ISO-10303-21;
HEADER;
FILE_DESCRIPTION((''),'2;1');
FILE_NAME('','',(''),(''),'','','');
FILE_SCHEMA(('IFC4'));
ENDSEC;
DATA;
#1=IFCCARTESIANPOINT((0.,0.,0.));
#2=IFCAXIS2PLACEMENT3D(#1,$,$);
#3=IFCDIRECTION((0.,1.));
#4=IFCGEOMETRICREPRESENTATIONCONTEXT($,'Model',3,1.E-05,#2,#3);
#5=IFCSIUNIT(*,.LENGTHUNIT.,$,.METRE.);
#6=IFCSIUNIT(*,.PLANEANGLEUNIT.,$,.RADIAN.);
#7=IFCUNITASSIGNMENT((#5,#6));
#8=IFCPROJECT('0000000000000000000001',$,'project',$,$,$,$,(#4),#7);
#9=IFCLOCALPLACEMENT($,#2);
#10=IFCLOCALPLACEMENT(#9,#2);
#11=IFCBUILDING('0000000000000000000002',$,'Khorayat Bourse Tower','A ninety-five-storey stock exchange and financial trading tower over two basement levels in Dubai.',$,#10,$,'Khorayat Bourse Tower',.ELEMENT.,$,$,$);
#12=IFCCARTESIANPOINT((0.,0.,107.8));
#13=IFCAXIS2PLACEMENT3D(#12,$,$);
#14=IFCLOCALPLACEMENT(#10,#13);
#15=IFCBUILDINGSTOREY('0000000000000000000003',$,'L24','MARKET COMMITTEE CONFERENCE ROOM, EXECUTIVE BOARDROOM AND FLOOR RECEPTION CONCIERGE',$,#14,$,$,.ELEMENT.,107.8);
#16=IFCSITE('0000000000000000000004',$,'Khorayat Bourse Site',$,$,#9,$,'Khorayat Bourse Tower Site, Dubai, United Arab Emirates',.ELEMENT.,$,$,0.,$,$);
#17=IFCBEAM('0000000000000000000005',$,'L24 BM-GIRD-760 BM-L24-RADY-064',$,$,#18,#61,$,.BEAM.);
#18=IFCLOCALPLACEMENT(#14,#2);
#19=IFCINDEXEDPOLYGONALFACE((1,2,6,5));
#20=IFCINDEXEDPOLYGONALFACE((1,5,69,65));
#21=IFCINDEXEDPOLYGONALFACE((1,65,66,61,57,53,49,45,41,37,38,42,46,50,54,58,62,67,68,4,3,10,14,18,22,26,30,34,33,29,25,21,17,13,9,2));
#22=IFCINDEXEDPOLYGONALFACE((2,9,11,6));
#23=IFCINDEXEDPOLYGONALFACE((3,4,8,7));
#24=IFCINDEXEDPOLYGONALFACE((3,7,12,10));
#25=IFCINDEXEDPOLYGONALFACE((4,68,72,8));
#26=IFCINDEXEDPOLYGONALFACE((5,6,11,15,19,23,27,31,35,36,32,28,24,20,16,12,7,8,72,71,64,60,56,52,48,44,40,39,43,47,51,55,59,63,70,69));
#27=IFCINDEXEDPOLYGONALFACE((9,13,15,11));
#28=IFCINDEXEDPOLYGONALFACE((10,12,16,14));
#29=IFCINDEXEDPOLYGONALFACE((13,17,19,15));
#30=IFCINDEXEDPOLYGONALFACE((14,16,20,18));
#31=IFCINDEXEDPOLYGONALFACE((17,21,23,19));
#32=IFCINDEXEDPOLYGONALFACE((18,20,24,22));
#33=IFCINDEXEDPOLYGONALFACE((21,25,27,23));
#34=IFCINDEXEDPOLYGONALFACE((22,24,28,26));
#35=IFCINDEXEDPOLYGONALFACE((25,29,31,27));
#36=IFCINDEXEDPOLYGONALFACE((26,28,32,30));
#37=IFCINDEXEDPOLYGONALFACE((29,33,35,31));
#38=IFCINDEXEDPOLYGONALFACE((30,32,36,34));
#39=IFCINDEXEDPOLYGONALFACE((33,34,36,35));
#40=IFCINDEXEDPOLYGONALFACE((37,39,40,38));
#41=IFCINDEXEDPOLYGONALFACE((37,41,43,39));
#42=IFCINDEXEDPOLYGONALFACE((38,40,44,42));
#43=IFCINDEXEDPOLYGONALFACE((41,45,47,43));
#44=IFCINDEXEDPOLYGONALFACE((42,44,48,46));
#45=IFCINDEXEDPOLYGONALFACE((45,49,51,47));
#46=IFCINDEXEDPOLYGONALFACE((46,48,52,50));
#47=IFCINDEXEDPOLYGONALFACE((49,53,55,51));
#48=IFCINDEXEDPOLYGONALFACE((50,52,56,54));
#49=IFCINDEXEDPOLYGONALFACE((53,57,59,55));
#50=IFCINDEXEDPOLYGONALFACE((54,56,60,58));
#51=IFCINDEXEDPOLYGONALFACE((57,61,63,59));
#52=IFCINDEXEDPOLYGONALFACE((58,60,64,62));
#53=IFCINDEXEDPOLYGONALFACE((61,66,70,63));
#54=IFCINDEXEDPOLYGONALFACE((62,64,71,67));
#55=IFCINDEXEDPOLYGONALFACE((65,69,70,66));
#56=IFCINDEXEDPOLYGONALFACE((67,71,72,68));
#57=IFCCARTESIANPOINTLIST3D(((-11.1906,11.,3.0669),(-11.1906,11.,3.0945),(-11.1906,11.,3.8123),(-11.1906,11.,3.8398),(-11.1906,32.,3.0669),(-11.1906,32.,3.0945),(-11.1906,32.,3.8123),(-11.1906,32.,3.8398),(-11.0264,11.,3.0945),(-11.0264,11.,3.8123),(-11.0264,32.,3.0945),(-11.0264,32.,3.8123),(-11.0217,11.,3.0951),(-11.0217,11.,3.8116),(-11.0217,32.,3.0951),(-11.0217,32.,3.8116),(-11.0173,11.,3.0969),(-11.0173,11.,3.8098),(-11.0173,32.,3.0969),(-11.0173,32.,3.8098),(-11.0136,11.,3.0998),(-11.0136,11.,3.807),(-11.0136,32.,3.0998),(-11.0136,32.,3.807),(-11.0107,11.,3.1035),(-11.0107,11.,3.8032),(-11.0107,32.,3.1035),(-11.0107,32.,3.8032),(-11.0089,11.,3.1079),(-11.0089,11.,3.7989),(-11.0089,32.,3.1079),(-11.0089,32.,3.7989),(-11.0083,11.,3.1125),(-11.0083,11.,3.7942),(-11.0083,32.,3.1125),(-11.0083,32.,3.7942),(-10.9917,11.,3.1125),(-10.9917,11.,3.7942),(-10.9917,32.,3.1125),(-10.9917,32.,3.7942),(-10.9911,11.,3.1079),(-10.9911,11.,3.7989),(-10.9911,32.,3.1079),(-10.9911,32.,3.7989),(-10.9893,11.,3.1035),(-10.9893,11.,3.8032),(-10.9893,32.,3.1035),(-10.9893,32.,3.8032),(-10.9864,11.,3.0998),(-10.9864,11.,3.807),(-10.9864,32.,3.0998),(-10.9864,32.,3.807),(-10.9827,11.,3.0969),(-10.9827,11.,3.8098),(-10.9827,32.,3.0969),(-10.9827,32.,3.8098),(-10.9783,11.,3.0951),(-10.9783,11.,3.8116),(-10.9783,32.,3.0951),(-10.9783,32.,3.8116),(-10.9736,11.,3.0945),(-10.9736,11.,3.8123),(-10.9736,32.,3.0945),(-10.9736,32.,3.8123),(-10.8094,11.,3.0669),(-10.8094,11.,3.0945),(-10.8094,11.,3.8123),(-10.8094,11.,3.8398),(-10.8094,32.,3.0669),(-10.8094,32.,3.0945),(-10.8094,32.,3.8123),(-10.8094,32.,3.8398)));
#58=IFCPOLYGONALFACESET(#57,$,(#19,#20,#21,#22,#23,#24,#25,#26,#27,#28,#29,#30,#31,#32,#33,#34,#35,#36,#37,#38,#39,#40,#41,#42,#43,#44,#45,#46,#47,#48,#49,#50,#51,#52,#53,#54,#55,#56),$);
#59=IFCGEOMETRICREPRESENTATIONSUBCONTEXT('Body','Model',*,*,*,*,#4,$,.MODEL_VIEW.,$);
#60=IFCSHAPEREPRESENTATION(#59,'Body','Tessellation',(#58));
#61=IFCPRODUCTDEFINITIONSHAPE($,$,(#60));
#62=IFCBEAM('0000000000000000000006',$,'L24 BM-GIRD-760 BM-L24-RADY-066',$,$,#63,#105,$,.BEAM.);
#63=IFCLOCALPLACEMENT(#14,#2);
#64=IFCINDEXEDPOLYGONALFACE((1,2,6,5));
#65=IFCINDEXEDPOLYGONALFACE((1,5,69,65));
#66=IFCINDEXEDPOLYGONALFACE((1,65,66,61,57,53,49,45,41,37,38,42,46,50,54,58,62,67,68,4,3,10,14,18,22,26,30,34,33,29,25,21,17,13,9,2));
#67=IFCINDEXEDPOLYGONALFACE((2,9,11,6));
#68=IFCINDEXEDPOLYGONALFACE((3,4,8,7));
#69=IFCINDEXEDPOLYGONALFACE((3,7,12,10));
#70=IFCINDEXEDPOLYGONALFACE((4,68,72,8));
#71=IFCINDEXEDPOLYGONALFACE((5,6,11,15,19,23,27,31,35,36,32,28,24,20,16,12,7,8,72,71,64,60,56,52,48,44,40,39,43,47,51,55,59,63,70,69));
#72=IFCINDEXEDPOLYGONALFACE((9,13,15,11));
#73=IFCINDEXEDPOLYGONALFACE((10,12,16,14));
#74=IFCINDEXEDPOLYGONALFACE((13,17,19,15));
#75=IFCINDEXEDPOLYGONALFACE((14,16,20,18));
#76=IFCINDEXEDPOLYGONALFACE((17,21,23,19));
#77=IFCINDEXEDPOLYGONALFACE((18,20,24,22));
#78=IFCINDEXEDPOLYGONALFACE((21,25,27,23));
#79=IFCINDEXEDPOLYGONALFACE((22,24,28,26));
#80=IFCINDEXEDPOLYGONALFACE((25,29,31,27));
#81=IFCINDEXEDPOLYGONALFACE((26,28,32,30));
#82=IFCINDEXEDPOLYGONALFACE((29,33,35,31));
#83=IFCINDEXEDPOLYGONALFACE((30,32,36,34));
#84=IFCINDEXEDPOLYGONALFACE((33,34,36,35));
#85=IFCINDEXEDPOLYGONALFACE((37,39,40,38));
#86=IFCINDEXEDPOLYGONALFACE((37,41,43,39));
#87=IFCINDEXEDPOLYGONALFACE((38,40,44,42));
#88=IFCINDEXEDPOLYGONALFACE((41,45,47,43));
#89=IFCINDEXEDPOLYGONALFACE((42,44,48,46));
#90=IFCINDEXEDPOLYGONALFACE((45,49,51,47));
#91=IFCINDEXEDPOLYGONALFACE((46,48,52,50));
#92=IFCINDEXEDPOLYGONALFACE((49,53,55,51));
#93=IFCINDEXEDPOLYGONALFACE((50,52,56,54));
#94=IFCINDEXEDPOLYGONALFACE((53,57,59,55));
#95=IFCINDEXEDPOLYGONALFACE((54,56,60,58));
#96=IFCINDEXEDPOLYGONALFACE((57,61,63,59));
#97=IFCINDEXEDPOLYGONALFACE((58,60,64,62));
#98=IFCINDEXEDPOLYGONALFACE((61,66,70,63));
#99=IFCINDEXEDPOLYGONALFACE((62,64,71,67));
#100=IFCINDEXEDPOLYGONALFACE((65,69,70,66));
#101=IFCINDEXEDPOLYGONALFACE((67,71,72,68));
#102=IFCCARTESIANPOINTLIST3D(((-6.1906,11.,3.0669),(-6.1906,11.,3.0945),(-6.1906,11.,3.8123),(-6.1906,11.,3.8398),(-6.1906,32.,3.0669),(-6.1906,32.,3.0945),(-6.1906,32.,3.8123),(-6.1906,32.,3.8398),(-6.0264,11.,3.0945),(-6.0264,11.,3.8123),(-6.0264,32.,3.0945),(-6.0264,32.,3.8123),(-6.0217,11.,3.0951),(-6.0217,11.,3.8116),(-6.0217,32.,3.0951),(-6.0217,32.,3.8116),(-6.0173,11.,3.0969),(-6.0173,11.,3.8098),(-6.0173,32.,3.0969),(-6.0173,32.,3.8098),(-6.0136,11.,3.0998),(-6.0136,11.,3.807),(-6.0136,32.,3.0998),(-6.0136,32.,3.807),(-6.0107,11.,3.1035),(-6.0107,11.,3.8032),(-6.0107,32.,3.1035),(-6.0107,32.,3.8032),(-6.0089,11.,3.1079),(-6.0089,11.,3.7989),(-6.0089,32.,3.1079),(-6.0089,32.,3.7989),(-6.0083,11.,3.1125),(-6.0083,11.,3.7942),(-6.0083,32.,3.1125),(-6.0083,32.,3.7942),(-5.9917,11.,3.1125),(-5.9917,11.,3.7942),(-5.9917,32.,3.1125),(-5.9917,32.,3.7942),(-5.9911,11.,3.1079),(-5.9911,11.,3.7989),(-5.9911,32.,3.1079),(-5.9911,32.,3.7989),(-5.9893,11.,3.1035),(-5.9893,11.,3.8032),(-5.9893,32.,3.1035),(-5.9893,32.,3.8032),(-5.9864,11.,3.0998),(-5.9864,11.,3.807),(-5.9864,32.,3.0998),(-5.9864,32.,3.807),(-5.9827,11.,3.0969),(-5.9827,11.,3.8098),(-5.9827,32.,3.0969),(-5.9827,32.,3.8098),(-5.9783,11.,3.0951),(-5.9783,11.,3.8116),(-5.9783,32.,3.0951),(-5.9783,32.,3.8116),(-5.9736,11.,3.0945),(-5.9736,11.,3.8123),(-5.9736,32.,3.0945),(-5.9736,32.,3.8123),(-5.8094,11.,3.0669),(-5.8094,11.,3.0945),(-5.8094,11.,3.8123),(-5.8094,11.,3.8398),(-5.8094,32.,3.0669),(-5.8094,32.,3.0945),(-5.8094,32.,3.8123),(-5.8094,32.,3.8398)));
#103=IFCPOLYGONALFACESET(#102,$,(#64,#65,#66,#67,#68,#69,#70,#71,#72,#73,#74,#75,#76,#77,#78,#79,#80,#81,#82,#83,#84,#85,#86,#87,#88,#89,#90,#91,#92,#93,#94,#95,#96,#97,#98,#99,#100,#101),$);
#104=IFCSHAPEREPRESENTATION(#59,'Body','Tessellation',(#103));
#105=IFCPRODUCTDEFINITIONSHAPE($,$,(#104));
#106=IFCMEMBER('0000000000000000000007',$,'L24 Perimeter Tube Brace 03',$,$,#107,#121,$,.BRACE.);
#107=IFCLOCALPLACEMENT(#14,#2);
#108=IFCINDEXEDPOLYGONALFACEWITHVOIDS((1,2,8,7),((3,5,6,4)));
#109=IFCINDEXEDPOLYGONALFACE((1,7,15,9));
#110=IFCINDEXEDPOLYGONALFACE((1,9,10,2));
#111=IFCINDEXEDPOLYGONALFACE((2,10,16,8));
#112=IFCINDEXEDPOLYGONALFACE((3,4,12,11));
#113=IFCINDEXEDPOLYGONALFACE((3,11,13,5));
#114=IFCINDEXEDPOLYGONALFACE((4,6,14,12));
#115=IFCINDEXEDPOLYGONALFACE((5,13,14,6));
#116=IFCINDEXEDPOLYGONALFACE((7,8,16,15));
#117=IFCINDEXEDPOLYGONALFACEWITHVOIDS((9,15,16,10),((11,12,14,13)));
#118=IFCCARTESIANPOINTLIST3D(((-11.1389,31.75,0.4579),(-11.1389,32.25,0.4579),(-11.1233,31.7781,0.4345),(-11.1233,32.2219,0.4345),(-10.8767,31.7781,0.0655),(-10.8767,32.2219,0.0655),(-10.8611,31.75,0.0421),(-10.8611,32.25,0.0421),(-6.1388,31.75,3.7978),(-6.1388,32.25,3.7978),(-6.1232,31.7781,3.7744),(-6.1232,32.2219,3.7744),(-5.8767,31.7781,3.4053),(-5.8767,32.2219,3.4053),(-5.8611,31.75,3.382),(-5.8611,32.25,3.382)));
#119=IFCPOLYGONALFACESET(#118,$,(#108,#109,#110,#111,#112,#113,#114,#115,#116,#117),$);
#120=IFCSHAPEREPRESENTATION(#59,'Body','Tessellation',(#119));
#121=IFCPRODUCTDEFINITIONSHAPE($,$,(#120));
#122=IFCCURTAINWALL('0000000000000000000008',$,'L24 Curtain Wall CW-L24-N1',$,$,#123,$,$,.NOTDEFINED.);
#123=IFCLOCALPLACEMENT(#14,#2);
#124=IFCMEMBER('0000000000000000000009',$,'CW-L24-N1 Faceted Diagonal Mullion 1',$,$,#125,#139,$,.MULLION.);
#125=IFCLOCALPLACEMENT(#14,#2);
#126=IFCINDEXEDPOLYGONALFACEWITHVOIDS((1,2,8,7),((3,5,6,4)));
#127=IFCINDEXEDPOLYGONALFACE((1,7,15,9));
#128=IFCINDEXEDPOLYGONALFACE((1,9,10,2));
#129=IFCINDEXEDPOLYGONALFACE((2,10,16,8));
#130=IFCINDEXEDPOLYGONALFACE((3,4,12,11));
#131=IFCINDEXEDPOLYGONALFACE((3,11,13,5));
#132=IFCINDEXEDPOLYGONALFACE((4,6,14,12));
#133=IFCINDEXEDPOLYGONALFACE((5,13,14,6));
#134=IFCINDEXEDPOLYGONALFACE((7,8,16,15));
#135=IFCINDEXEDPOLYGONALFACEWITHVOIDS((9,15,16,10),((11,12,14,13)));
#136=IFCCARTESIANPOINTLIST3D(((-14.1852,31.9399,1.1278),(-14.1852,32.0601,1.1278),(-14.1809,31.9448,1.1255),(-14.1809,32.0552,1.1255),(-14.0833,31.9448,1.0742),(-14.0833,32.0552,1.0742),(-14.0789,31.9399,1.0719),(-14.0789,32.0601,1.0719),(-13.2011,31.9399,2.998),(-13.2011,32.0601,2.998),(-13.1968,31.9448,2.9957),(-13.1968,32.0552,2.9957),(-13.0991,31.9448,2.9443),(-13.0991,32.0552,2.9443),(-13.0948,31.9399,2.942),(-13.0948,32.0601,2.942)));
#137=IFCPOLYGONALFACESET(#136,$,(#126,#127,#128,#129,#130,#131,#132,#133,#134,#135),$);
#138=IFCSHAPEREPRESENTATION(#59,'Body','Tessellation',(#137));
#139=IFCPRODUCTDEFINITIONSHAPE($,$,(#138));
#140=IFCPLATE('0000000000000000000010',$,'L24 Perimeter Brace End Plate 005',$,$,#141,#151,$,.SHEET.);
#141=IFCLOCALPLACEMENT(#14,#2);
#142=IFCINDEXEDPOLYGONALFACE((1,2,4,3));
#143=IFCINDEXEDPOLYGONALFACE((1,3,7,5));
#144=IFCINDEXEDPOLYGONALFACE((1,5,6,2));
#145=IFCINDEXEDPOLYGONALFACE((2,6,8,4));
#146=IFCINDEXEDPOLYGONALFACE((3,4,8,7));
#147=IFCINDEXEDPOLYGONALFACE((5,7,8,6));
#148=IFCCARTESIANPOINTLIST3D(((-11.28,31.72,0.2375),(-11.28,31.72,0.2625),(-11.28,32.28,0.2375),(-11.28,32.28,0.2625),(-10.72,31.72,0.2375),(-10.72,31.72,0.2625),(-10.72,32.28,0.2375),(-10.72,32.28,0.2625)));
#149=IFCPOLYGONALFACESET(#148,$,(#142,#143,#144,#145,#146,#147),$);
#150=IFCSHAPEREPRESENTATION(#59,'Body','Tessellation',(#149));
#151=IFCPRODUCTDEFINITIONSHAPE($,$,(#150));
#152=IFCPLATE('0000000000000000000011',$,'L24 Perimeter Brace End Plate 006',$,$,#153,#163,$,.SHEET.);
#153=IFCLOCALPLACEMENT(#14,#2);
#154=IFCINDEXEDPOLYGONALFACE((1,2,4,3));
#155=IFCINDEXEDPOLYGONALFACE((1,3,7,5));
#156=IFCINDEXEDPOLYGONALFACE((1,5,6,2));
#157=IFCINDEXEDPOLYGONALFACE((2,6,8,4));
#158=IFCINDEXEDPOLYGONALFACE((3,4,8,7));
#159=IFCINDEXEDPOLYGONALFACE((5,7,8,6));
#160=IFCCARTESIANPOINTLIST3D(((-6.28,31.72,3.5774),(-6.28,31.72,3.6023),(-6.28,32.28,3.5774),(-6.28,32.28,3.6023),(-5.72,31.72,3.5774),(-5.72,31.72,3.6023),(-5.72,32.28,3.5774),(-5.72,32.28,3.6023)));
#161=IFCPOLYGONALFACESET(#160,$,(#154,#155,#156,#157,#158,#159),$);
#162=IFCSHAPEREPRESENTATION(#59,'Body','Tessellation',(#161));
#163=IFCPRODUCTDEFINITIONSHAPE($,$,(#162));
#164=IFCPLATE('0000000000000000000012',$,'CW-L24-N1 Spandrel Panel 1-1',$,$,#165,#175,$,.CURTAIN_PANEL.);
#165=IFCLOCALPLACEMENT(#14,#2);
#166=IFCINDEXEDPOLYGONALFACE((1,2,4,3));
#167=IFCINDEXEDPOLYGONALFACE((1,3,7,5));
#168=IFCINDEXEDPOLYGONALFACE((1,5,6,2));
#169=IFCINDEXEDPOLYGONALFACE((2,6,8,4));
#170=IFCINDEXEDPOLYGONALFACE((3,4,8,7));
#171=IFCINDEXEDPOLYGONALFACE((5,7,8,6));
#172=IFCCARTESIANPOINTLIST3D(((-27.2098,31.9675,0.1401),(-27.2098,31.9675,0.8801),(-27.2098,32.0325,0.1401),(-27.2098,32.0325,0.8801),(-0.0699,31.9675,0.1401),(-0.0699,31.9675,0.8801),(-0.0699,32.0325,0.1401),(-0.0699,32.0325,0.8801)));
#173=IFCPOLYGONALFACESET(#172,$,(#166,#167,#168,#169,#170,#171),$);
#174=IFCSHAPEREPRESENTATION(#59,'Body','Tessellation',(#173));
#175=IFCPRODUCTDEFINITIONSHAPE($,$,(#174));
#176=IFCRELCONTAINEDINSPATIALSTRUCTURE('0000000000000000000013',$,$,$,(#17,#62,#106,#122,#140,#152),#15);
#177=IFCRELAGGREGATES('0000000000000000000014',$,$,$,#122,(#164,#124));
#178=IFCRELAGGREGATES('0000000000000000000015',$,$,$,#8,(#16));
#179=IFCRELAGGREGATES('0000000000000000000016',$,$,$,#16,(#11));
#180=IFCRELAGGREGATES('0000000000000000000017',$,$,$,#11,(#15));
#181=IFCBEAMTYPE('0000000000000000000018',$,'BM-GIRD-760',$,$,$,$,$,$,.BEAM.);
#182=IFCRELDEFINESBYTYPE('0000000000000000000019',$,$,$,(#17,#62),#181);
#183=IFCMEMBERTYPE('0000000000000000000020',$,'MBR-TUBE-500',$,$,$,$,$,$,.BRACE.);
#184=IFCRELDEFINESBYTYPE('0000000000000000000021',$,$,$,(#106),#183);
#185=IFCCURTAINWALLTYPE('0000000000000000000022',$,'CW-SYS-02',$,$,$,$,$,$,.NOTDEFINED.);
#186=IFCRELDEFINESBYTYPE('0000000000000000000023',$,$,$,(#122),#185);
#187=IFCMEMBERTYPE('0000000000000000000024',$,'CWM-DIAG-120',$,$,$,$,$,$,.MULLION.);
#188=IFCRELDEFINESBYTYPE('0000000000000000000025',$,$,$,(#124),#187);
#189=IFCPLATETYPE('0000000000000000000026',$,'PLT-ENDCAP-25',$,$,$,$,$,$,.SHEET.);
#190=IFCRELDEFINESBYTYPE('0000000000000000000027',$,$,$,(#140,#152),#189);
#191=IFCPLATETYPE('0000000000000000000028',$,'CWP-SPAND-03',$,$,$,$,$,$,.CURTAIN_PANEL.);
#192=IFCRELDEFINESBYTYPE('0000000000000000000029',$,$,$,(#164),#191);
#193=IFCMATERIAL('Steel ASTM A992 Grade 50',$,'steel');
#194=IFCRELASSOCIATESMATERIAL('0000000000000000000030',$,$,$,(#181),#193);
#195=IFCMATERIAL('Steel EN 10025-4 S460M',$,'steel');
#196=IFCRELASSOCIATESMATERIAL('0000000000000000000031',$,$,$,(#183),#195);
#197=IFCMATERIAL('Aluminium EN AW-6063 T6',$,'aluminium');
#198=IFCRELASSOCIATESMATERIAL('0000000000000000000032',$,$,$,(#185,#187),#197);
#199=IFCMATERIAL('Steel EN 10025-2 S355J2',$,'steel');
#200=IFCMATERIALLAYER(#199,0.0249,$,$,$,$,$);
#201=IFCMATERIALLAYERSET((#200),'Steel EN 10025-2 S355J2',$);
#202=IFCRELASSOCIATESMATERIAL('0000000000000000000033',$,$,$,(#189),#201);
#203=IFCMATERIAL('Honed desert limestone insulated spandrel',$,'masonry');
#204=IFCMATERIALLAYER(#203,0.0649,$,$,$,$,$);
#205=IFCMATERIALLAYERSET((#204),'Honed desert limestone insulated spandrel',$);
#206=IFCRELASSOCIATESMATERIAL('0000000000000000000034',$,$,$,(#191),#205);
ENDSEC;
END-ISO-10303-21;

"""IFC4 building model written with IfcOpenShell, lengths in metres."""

from ifc_helpers import new_model, si_unit, direction, frame, origin, origin_2d, place, context, subcontext, project, spatial, rectangle, hollow_rectangle, i_section, extrude, source, transform, mapped, material, layer, layer_set, material_profile, profile_set, type_object, element, aggregate, save


model = new_model("IFC4")

# Units and contexts
model_context = context("Model", 3, precision=1e-05, world=origin(), true_north=direction((0.0, 1.0)))
body_context = subcontext(model_context, "Body", "Model", "MODEL_VIEW")
ifc_project = project(units=[si_unit("LENGTHUNIT", "METRE"), si_unit("PLANEANGLEUNIT", "RADIAN")], contexts=[model_context])

# Site, building, storey
site_placement = place(None, origin())
site = spatial("IfcSite", under=ifc_project, at=site_placement, Name="Khorayat Bourse Site", LongName="Khorayat Bourse Tower Site, Dubai, United Arab Emirates", CompositionType="ELEMENT", RefElevation=0.0)
building_placement = place(site_placement, origin())
building = spatial("IfcBuilding", under=site, at=building_placement, Name="Khorayat Bourse Tower", Description="A ninety-five-storey stock exchange and financial trading tower over two basement levels in Dubai.", LongName="Khorayat Bourse Tower", CompositionType="ELEMENT")
storey_placement = place(building_placement, frame((0.0, 0.0, 107.8)))
storey = spatial("IfcBuildingStorey", under=building, at=storey_placement, Name="L24", Description="MARKET COMMITTEE CONFERENCE ROOM, EXECUTIVE BOARDROOM AND FLOOR RECEPTION CONCIERGE", CompositionType="ELEMENT", Elevation=107.8)

# Shared definitions
ifc_material_1 = material(Name="Steel EN 10025-4 S460M", Category="steel")

# Beams
ifc_material_2 = material(Name="Steel ASTM A992 Grade 50", Category="steel")
ifc_material_profile_1 = material_profile(ifc_material_2, i_section(OverallWidth=0.3811, OverallDepth=0.7729, WebThickness=0.0166, FlangeThickness=0.0276, FilletRadius=0.0181, at=origin_2d()), Name="W760X257")
ifc_profile_set_1 = profile_set([ifc_material_profile_1], Name="Steel ASTM A992 Grade 50")
beam_type_1 = type_object("IfcBeamType", Name="BM-GIRD-760", PredefinedType="BEAM", material=ifc_profile_set_1)
shared_shape_1 = source(origin(), body_context, "Body", "SweptSolid", [
    extrude(i_section(OverallWidth=0.3811, OverallDepth=0.7729, WebThickness=0.0166, FlangeThickness=0.0276, FilletRadius=0.0181, at=origin_2d()), origin(), (0.0, 0.0, 1.0), 21.0),
])
for number, where, z_axis, x_axis, name in (
    (1, (-11.0, 11.0, 3.4534), (0.0, 1.0, 0.0), (-1.0, 0.0, 0.0), "L24 BM-GIRD-760 BM-L24-RADY-064"),
    (2, (-6.0, 11.0, 3.4534), (0.0, 1.0, 0.0), (-1.0, 0.0, 0.0), "L24 BM-GIRD-760 BM-L24-RADY-066"),
):
    element("IfcBeam", number, at=place(storey_placement, frame(where, z_axis=z_axis, x_axis=x_axis)), inside=storey, type_object=beam_type_1, Name=name, PredefinedType="BEAM", context=body_context, shape_type="MappedRepresentation", body=[
        mapped(shared_shape_1, transform((0.0, 0.0, 0.0), scale=1.0)),
    ])

# Member
ifc_material_profile_2 = material_profile(ifc_material_1, hollow_rectangle(XDim=0.5, YDim=0.5, WallThickness=0.0281, at=origin_2d()), Name="HSS 500x500x28")
ifc_profile_set_2 = profile_set([ifc_material_profile_2], Name="Steel EN 10025-4 S460M")
member_type_1 = type_object("IfcMemberType", Name="MBR-TUBE-500", PredefinedType="BRACE", material=ifc_profile_set_2)
shared_shape_2 = source(origin(), body_context, "Body", "SweptSolid", [
    extrude(hollow_rectangle(XDim=0.5, YDim=0.5, WallThickness=0.0281, at=origin_2d()), origin(), (0.0, 0.0, 1.0), 6.0129),
])
member_1_placement = place(storey_placement, frame((-11.0, 32.0, 0.25), z_axis=(0.83155, 0.0, 0.55545), x_axis=(0.0, 1.0, 0.0)))
element("IfcMember", 3, at=member_1_placement, inside=storey, type_object=member_type_1, Name="L24 Perimeter Tube Brace 03", PredefinedType="BRACE", context=body_context, shape_type="MappedRepresentation", body=[
    mapped(shared_shape_2, transform((0.0, 0.0, 0.0), scale=1.0)),
])

# Curtain wall, member
ifc_material_3 = material(Name="Aluminium EN AW-6063 T6", Category="aluminium")
curtain_wall_type = type_object("IfcCurtainWallType", Name="CW-SYS-02", PredefinedType="NOTDEFINED", material=ifc_material_3)
curtain_wall_placement = place(storey_placement, origin())
curtain_wall = element("IfcCurtainWall", 4, at=curtain_wall_placement, inside=storey, type_object=curtain_wall_type, Name="L24 Curtain Wall CW-L24-N1", PredefinedType="NOTDEFINED")
ifc_material_profile_3 = material_profile(ifc_material_3, hollow_rectangle(XDim=0.1201, YDim=0.1201, WallThickness=0.0049, at=origin_2d()), Name="ALU 120x120x5")
ifc_profile_set_3 = profile_set([ifc_material_profile_3], Name="Aluminium EN AW-6063 T6")
member_type_2 = type_object("IfcMemberType", Name="CWM-DIAG-120", PredefinedType="MULLION", material=ifc_profile_set_3)
shared_shape_3 = source(origin(), body_context, "Body", "SweptSolid", [
    extrude(hollow_rectangle(XDim=0.1201, YDim=0.1201, WallThickness=0.0049, at=origin_2d()), origin(), (0.0, 0.0, 1.0), 2.1133),
])
member_2_placement = place(storey_placement, frame((-14.1321, 32.0, 1.0999), z_axis=(0.465694, 0.0, 0.884946), x_axis=(0.0, 1.0, 0.0)))
member_2 = element("IfcMember", 5, at=member_2_placement, type_object=member_type_2, Name="CW-L24-N1 Faceted Diagonal Mullion 1", PredefinedType="MULLION", context=body_context, shape_type="MappedRepresentation", body=[
    mapped(shared_shape_3, transform((0.0, 0.0, 0.0), scale=1.0)),
])

# Plates
ifc_material_4 = material(Name="Steel EN 10025-2 S355J2", Category="steel")
ifc_layer_1 = layer(ifc_material_4, 0.0249)
ifc_layer_set_1 = layer_set([ifc_layer_1], Name="Steel EN 10025-2 S355J2")
plate_type_1 = type_object("IfcPlateType", Name="PLT-ENDCAP-25", PredefinedType="SHEET", material=ifc_layer_set_1)
shared_shape_4 = source(origin(), body_context, "Body", "SweptSolid", [
    extrude(rectangle(XDim=0.5601, YDim=0.5601, at=origin_2d()), origin(), (0.0, 0.0, 1.0), 0.0249),
])
for number, where, z_axis, x_axis, name in (
    (6, (-11.0, 32.0, 0.2375), (0.0, 0.0, 1.0), (1.0, 0.0, 0.0), "L24 Perimeter Brace End Plate 005"),
    (7, (-6.0, 32.0, 3.5774), (0.0, 0.0, 1.0), (1.0, 0.0, 0.0), "L24 Perimeter Brace End Plate 006"),
):
    element("IfcPlate", number, at=place(storey_placement, frame(where, z_axis=z_axis, x_axis=x_axis)), inside=storey, type_object=plate_type_1, Name=name, PredefinedType="SHEET", context=body_context, shape_type="MappedRepresentation", body=[
        mapped(shared_shape_4, transform((0.0, 0.0, 0.0), scale=1.0)),
    ])

# Plate
ifc_material_5 = material(Name="Honed desert limestone insulated spandrel", Category="masonry")
ifc_layer_2 = layer(ifc_material_5, 0.0649)
ifc_layer_set_2 = layer_set([ifc_layer_2], Name="Honed desert limestone insulated spandrel")
plate_type_2 = type_object("IfcPlateType", Name="CWP-SPAND-03", PredefinedType="CURTAIN_PANEL", material=ifc_layer_set_2)
shared_shape_5 = source(origin(), body_context, "Body", "SweptSolid", [
    extrude(rectangle(XDim=27.1399, YDim=0.0649, at=origin_2d()), origin(), (0.0, 0.0, 1.0), 0.74),
])
plate_1_placement = place(storey_placement, frame((-13.6399, 32.0, 0.1401), z_axis=(0.0, 0.0, 1.0), x_axis=(1.0, 0.0, 0.0)))
plate_1 = element("IfcPlate", 8, at=plate_1_placement, type_object=plate_type_2, Name="CW-L24-N1 Spandrel Panel 1-1", PredefinedType="CURTAIN_PANEL", context=body_context, shape_type="MappedRepresentation", body=[
    mapped(shared_shape_5, transform((0.0, 0.0, 0.0), scale=1.0)),
])
aggregate(curtain_wall, [plate_1, member_2])

save(model, "model.ifc")
